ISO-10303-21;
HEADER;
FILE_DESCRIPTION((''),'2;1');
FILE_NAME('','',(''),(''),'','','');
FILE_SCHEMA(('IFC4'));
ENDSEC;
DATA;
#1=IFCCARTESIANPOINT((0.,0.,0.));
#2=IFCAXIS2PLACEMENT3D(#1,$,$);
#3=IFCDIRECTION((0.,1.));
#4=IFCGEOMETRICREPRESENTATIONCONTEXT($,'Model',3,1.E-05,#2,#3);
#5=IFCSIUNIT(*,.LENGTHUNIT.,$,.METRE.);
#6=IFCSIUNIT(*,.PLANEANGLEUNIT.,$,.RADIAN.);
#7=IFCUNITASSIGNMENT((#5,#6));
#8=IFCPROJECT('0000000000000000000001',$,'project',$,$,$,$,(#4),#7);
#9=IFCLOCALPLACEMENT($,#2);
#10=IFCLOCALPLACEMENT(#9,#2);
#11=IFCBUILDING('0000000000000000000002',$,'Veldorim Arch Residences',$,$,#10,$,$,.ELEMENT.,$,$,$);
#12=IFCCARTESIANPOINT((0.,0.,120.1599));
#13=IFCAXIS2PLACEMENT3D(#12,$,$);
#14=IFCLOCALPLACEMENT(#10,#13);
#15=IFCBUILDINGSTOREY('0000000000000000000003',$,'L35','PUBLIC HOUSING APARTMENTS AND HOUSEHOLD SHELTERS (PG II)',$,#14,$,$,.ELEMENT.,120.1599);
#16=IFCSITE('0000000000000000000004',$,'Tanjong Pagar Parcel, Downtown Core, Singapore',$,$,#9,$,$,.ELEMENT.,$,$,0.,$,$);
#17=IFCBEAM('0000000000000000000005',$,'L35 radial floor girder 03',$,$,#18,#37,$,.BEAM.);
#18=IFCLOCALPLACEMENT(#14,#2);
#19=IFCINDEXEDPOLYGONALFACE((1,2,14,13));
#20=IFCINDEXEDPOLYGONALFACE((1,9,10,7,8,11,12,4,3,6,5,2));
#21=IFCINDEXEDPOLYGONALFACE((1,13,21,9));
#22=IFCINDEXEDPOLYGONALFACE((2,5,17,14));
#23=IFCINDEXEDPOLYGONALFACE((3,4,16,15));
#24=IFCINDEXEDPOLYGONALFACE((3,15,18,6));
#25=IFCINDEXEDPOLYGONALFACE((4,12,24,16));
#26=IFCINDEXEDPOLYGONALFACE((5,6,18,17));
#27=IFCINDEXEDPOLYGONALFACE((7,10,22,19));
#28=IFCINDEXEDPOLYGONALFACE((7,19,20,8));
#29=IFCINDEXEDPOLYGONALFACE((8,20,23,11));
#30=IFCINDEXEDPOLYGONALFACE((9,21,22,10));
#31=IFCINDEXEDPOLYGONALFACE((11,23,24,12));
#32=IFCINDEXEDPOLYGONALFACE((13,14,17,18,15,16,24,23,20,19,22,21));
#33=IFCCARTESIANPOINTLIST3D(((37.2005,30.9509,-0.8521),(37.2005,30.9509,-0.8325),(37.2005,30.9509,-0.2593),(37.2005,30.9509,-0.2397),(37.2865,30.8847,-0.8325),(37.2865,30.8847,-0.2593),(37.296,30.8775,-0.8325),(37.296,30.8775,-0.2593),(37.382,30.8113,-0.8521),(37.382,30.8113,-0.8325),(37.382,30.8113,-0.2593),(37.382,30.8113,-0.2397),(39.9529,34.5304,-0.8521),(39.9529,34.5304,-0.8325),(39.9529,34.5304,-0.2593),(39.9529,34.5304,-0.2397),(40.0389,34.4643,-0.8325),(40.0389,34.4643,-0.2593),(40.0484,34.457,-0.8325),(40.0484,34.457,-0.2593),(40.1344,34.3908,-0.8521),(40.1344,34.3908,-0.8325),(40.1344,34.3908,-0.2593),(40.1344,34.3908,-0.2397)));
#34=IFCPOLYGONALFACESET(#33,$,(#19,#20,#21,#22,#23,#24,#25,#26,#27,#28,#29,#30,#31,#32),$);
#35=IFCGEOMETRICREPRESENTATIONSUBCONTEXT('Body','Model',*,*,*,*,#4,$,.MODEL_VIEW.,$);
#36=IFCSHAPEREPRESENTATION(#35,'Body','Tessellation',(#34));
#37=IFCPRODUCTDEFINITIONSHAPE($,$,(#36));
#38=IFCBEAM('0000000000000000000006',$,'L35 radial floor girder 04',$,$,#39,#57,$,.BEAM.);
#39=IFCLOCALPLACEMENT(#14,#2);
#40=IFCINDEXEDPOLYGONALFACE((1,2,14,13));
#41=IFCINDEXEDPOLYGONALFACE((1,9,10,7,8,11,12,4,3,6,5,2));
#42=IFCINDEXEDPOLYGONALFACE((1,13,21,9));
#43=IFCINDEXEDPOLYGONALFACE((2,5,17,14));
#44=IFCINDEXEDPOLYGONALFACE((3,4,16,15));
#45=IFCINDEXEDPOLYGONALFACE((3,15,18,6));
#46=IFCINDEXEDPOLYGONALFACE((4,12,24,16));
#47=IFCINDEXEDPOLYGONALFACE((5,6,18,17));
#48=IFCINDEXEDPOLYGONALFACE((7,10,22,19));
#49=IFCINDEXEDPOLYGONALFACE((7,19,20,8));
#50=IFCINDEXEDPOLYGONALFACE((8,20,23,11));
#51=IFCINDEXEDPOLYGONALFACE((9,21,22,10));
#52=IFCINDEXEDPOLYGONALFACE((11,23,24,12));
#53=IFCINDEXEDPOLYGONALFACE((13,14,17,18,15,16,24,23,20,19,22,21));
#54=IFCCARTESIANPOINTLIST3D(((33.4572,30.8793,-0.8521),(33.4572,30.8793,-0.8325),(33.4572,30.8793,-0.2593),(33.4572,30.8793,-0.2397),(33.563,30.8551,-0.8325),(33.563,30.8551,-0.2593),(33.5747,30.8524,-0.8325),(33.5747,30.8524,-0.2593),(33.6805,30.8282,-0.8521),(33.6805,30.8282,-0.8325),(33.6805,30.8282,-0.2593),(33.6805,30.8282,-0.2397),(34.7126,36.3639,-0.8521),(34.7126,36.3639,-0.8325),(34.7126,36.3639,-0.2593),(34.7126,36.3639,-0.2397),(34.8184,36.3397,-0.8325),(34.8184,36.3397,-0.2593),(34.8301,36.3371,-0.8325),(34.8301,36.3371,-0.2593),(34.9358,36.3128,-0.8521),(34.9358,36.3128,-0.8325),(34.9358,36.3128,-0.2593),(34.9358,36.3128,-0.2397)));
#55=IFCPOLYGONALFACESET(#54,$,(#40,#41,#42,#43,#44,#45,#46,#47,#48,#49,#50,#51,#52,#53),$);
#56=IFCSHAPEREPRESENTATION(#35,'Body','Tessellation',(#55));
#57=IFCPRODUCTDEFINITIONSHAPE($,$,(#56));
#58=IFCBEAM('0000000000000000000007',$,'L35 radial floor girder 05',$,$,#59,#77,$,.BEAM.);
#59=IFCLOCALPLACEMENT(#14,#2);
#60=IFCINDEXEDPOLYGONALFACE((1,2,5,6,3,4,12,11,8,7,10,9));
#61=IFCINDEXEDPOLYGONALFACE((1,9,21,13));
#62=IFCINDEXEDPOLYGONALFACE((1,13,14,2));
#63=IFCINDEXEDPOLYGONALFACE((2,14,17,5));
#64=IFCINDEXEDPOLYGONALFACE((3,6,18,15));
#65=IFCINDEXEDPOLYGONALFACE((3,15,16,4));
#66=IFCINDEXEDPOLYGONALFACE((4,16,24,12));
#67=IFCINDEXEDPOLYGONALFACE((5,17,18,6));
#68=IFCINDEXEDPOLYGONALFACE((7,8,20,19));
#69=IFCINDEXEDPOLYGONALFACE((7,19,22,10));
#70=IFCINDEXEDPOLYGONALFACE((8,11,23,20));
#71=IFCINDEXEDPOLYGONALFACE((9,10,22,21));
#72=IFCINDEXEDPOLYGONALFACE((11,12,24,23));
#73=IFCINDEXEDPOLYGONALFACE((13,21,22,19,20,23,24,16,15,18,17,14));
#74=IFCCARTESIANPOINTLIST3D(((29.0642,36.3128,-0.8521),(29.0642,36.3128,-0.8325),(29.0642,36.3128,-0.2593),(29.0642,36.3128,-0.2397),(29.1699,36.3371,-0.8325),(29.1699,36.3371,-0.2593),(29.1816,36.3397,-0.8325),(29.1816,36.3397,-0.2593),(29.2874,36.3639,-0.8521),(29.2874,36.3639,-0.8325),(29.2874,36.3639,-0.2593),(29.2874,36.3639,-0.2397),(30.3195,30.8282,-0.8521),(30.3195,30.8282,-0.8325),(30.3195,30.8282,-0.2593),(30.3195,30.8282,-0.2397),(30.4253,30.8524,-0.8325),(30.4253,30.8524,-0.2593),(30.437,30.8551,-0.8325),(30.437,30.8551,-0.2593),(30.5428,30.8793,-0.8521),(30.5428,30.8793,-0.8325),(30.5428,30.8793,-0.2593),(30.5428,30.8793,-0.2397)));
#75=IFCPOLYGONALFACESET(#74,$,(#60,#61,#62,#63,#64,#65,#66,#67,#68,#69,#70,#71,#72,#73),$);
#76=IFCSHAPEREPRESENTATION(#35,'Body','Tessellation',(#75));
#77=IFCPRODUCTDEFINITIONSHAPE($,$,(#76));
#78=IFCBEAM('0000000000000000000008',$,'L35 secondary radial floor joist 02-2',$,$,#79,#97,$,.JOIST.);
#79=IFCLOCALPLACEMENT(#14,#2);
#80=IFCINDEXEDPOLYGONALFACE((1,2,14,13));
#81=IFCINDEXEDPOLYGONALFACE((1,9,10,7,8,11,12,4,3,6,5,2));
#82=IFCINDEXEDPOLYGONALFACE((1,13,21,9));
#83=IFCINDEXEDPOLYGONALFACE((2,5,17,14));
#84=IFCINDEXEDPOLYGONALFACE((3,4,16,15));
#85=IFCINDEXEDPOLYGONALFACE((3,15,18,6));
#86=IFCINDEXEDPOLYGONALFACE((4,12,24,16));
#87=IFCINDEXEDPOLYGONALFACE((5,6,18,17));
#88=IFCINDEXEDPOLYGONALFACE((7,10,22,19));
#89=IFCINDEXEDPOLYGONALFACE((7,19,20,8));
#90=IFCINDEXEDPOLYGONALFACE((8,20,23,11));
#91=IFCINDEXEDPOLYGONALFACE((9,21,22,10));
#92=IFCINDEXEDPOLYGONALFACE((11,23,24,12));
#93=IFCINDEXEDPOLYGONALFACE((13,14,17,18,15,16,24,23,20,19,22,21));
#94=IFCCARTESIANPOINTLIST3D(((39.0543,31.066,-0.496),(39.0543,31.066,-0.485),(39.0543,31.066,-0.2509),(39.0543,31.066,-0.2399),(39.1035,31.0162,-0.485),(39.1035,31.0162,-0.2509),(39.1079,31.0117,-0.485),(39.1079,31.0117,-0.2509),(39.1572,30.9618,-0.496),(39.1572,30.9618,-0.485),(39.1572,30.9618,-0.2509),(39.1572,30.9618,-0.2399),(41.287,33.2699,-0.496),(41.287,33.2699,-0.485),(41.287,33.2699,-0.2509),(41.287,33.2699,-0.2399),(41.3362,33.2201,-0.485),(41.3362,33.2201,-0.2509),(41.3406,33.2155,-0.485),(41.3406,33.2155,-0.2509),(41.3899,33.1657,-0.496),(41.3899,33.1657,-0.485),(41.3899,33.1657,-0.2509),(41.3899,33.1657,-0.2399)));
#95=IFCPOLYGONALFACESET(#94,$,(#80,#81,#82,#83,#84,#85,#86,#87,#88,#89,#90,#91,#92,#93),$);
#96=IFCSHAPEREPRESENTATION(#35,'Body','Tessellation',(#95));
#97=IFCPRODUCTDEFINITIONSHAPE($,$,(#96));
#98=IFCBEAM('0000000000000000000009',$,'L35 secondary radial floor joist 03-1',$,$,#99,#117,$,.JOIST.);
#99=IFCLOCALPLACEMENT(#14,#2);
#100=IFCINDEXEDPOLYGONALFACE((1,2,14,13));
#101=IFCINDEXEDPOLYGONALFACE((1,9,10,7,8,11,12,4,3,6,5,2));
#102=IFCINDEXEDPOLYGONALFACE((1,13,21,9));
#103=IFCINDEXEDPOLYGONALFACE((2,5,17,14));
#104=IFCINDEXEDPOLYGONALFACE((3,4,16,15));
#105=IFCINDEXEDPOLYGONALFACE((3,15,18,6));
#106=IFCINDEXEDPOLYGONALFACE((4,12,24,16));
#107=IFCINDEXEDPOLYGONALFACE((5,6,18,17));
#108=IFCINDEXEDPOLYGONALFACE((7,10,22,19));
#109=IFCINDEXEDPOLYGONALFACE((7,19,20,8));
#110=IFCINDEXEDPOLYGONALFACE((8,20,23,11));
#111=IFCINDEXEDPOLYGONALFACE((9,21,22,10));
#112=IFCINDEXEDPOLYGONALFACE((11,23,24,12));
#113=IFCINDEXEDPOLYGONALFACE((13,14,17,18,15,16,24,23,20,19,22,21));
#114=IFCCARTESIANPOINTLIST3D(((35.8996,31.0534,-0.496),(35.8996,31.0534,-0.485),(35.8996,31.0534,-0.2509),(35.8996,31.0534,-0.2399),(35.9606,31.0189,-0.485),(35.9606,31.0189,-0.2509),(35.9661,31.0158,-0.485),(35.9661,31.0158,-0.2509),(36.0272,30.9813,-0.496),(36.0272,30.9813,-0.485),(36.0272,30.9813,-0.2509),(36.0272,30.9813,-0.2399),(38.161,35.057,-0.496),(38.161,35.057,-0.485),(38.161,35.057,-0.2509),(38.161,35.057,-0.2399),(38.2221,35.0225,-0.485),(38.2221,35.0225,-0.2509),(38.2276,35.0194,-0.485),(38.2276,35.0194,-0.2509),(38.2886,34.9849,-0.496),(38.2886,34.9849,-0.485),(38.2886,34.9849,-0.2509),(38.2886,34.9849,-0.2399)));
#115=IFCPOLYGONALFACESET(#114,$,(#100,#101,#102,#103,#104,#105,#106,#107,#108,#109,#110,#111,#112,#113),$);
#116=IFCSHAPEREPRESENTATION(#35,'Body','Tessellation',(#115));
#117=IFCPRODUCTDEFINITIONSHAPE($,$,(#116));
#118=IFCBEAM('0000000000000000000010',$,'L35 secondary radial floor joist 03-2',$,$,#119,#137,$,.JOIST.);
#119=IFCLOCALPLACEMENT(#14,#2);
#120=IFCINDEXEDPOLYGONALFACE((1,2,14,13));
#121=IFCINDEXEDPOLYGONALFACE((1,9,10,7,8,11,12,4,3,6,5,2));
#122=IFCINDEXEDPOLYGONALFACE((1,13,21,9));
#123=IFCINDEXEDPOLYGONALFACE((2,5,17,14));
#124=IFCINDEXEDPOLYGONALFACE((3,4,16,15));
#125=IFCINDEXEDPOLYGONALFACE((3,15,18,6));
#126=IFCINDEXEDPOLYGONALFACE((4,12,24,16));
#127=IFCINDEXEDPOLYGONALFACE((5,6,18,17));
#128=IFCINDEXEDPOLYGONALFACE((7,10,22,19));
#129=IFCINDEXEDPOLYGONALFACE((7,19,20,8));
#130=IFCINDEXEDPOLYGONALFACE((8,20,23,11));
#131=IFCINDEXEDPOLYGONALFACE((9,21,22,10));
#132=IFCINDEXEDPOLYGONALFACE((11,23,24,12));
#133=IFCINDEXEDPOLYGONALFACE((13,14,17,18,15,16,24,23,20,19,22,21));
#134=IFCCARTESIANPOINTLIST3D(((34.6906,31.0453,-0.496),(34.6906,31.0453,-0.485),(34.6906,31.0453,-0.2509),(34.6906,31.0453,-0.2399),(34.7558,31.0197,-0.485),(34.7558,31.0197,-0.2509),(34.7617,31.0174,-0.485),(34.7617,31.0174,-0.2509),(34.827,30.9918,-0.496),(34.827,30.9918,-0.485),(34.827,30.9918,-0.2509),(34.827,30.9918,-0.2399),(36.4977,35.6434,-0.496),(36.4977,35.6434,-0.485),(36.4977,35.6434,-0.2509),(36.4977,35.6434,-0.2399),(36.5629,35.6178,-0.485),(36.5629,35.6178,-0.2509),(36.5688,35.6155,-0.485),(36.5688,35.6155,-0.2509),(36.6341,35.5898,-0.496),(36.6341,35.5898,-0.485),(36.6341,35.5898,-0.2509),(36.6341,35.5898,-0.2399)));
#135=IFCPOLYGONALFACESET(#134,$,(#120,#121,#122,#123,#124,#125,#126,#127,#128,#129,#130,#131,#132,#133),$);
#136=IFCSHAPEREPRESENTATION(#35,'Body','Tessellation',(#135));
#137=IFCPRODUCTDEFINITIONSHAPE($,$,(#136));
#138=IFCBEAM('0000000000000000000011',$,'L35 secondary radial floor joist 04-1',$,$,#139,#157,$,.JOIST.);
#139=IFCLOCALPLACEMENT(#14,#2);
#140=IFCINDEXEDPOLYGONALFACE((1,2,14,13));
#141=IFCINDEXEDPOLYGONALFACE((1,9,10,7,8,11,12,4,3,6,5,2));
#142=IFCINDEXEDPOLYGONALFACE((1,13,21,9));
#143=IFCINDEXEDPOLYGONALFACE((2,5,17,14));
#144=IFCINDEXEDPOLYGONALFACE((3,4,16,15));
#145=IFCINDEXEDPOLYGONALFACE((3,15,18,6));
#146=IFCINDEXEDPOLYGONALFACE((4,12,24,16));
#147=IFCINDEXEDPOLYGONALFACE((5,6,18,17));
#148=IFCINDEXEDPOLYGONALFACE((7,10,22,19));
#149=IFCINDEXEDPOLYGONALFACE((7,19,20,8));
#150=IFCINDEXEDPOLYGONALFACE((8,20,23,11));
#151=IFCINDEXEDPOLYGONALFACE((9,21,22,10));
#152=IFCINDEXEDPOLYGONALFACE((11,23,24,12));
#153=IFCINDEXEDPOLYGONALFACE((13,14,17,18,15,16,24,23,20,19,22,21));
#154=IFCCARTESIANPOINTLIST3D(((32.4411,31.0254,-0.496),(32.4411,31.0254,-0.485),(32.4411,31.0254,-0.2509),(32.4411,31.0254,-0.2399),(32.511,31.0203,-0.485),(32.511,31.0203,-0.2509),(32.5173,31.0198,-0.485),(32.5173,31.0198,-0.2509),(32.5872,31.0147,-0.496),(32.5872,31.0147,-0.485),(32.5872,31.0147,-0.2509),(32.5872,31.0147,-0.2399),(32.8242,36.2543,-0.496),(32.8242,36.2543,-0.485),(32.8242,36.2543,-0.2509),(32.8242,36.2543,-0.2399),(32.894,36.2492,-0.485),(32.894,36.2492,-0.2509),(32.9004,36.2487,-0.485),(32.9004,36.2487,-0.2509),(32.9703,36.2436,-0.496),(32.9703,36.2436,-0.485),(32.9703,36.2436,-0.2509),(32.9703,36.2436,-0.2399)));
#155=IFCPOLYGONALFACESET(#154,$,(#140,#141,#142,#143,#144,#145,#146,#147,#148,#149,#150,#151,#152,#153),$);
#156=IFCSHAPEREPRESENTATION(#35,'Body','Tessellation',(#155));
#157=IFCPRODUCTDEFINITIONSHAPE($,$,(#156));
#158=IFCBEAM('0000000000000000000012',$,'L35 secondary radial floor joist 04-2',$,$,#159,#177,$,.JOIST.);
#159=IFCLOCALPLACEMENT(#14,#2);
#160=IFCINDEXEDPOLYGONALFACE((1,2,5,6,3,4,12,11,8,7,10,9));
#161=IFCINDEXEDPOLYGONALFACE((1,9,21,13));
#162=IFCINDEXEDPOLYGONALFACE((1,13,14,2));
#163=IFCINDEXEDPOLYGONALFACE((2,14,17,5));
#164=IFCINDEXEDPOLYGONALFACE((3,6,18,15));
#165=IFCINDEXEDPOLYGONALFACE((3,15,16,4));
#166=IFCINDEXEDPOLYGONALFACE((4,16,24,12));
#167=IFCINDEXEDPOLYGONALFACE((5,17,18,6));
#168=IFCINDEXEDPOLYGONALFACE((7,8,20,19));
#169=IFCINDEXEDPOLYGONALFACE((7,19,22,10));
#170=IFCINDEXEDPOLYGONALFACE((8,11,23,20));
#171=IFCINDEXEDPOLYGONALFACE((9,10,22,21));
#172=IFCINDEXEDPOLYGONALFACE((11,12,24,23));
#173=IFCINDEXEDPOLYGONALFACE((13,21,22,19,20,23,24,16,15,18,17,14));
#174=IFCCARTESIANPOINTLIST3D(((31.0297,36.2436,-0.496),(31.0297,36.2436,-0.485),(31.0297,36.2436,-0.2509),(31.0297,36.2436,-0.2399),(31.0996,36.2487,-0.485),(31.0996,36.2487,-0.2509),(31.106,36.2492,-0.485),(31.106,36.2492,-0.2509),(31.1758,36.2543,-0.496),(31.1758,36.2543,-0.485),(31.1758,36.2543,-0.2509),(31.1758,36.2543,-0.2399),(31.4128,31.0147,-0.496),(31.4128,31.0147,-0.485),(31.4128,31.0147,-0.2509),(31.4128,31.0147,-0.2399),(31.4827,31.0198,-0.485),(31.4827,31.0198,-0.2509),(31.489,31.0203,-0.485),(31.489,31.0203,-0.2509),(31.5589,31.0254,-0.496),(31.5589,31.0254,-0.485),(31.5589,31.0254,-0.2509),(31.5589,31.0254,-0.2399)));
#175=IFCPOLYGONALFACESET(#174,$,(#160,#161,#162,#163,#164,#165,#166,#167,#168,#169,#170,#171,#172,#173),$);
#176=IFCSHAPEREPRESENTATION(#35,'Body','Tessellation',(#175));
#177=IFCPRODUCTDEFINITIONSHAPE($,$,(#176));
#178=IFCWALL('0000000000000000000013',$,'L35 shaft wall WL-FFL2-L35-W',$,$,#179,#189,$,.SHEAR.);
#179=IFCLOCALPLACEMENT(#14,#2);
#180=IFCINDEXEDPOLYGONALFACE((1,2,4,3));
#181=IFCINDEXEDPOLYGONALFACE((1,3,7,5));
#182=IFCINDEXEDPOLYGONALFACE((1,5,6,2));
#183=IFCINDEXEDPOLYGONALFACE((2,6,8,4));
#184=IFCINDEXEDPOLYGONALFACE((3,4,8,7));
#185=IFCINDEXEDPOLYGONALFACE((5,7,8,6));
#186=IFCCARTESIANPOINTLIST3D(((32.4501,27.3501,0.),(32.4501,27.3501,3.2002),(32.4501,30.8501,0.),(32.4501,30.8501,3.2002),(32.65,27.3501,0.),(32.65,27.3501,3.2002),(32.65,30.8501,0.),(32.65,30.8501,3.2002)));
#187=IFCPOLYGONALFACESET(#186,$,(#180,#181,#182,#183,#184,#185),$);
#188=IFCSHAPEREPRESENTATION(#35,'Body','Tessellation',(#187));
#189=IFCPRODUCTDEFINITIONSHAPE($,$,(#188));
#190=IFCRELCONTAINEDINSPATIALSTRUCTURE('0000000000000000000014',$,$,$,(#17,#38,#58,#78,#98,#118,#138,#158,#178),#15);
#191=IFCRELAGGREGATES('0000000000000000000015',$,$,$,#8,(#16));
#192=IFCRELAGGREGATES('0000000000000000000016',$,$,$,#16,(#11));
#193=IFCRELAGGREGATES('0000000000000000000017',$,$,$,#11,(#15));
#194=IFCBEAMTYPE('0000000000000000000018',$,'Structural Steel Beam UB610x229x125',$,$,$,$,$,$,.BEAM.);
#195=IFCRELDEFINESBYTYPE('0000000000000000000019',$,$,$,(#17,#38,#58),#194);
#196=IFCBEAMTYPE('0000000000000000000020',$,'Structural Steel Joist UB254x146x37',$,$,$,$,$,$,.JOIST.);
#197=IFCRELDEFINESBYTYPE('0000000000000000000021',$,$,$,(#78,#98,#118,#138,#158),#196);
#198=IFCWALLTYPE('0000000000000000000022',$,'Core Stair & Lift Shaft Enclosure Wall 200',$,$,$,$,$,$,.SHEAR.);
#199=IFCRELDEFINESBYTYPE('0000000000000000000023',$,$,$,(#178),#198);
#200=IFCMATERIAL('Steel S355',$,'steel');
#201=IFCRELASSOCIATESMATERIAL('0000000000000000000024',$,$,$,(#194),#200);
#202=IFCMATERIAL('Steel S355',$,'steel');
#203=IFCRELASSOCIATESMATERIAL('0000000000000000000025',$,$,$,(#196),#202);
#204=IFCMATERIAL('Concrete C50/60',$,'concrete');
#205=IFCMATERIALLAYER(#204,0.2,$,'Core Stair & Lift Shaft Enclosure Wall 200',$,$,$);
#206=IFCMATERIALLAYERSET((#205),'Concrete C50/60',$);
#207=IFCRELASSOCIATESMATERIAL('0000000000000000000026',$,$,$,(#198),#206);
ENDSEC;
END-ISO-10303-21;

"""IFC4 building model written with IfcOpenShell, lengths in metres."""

from ifc_helpers import new_model, si_unit, direction, frame, frame_2d, origin, origin_2d, place, context, subcontext, project, spatial, rectangle, i_section, extrude, material, layer, layer_set, material_profile, profile_set, type_object, element, save


model = new_model("IFC4")

# Units and contexts
model_context = context("Model", 3, precision=1e-05, world=origin(), true_north=direction((0.0, 1.0)))
body_context = subcontext(model_context, "Body", "Model", "MODEL_VIEW")
ifc_project = project(units=[si_unit("LENGTHUNIT", "METRE"), si_unit("PLANEANGLEUNIT", "RADIAN")], contexts=[model_context])

# Site, building, storey
site_placement = place(None, origin())
site = spatial("IfcSite", under=ifc_project, at=site_placement, Name="Tanjong Pagar Parcel, Downtown Core, Singapore", CompositionType="ELEMENT", RefElevation=0.0)
building_placement = place(site_placement, origin())
building = spatial("IfcBuilding", under=site, at=building_placement, Name="Veldorim Arch Residences", CompositionType="ELEMENT")
storey_placement = place(building_placement, frame((0.0, 0.0, 120.1599)))
storey = spatial("IfcBuildingStorey", under=building, at=storey_placement, Name="L35", Description="PUBLIC HOUSING APARTMENTS AND HOUSEHOLD SHELTERS (PG II)", CompositionType="ELEMENT", Elevation=120.1599)

# Beams
ifc_material_1 = material(Name="Steel S355", Category="steel")
ifc_material_profile_1 = material_profile(ifc_material_1, i_section(OverallWidth=0.229, OverallDepth=0.6123, WebThickness=0.012, FlangeThickness=0.0195, at=origin_2d()), Name="UB610x229x125")
ifc_profile_set_1 = profile_set([ifc_material_profile_1], Name="Steel S355")
beam_type_1 = type_object("IfcBeamType", Name="Structural Steel Beam UB610x229x125", PredefinedType="BEAM", material=ifc_profile_set_1)
beam_1_placement = place(storey_placement, frame((37.2913, 30.8811, -0.5459), z_axis=(0.609559, 0.792741, 0.0), x_axis=(-0.792741, 0.609559, 0.0)))
element("IfcBeam", 1, at=beam_1_placement, inside=storey, type_object=beam_type_1, Name="L35 radial floor girder 03", PredefinedType="BEAM", context=body_context, shape_type="SweptSolid", body=[
    extrude(i_section(OverallWidth=0.229, OverallDepth=0.6123, WebThickness=0.012, FlangeThickness=0.0195, at=origin_2d()), origin(), (0.0, 0.0, 1.0), 4.5154),
])
for number, where, z_axis, x_axis, name in (
    (2, (33.5688, 30.8538, -0.5459), (0.223119, 0.974791, 0.0), (-0.974791, 0.223119, 0.0), "L35 radial floor girder 04"),
    (3, (30.4312, 30.8538, -0.5459), (-0.223119, 0.974791, 0.0), (-0.974791, -0.223119, 0.0), "L35 radial floor girder 05"),
):
    element("IfcBeam", number, at=place(storey_placement, frame(where, z_axis=z_axis, x_axis=x_axis)), inside=storey, type_object=beam_type_1, Name=name, PredefinedType="BEAM", context=body_context, shape_type="SweptSolid", body=[
        extrude(i_section(OverallWidth=0.229, OverallDepth=0.6123, WebThickness=0.012, FlangeThickness=0.0195, at=origin_2d()), origin(), (0.0, 0.0, 1.0), 5.6265),
    ])
ifc_material_2 = material(Name="Steel S355", Category="steel")
ifc_material_profile_2 = material_profile(ifc_material_2, i_section(OverallWidth=0.1465, OverallDepth=0.2561, WebThickness=0.0063, FlangeThickness=0.011, at=origin_2d()), Name="UB254x146x37")
ifc_profile_set_2 = profile_set([ifc_material_profile_2], Name="Steel S355")
beam_type_2 = type_object("IfcBeamType", Name="Structural Steel Joist UB254x146x37", PredefinedType="JOIST", material=ifc_profile_set_2)
beam_2_placement = place(storey_placement, frame((39.1057, 31.0139, -0.3679), z_axis=(0.711683, 0.7025, 0.0), x_axis=(-0.7025, 0.711683, 0.0)))
element("IfcBeam", 4, at=beam_2_placement, inside=storey, type_object=beam_type_2, Name="L35 secondary radial floor joist 02-2", PredefinedType="JOIST", context=body_context, shape_type="SweptSolid", body=[
    extrude(i_section(OverallWidth=0.1465, OverallDepth=0.2561, WebThickness=0.0063, FlangeThickness=0.011, at=origin_2d()), origin(), (0.0, 0.0, 1.0), 3.1372),
])
beam_3_placement = place(storey_placement, frame((35.9634, 31.0173, -0.3679), z_axis=(0.491816, 0.870699, 0.0), x_axis=(-0.870699, 0.491816, 0.0)))
element("IfcBeam", 5, at=beam_3_placement, inside=storey, type_object=beam_type_2, Name="L35 secondary radial floor joist 03-1", PredefinedType="JOIST", context=body_context, shape_type="SweptSolid", body=[
    extrude(i_section(OverallWidth=0.1465, OverallDepth=0.2561, WebThickness=0.0063, FlangeThickness=0.011, at=origin_2d()), origin(), (0.0, 0.0, 1.0), 4.5981),
])
beam_4_placement = place(storey_placement, frame((34.7588, 31.0186, -0.3679), z_axis=(0.365778, 0.930702, 0.0), x_axis=(-0.930702, 0.365778, 0.0)))
element("IfcBeam", 6, at=beam_4_placement, inside=storey, type_object=beam_type_2, Name="L35 secondary radial floor joist 03-2", PredefinedType="JOIST", context=body_context, shape_type="SweptSolid", body=[
    extrude(i_section(OverallWidth=0.1465, OverallDepth=0.2561, WebThickness=0.0063, FlangeThickness=0.011, at=origin_2d()), origin(), (0.0, 0.0, 1.0), 4.9404),
])
for number, where, z_axis, x_axis, name in (
    (7, (32.5142, 31.02, -0.3679), (0.07306, 0.997328, 0.0), (-0.997328, 0.07306, 0.0), "L35 secondary radial floor joist 04-1"),
    (8, (31.4858, 31.02, -0.3679), (-0.07306, 0.997328, 0.0), (-0.997328, -0.07306, 0.0), "L35 secondary radial floor joist 04-2"),
):
    element("IfcBeam", number, at=place(storey_placement, frame(where, z_axis=z_axis, x_axis=x_axis)), inside=storey, type_object=beam_type_2, Name=name, PredefinedType="JOIST", context=body_context, shape_type="SweptSolid", body=[
        extrude(i_section(OverallWidth=0.1465, OverallDepth=0.2561, WebThickness=0.0063, FlangeThickness=0.011, at=origin_2d()), origin(), (0.0, 0.0, 1.0), 5.2429),
    ])

# Shared definitions
ifc_material_3 = material(Name="Concrete C50/60", Category="concrete")
ifc_layer_1 = layer(ifc_material_3, 0.2, Name="Core Stair & Lift Shaft Enclosure Wall 200")
ifc_layer_set_1 = layer_set([ifc_layer_1], Name="Concrete C50/60")
wall_type_1 = type_object("IfcWallType", Name="Core Stair & Lift Shaft Enclosure Wall 200", PredefinedType="SHEAR", material=ifc_layer_set_1)

# Wall
wall_1_placement = place(storey_placement, frame((32.55, 27.3501, 0.0), z_axis=(0.0, 0.0, 1.0), x_axis=(0.0, 1.0, 0.0)))
element("IfcWall", 9, at=wall_1_placement, inside=storey, type_object=wall_type_1, Name="L35 shaft wall WL-FFL2-L35-W", PredefinedType="SHEAR", context=body_context, shape_type="SweptSolid", body=[
    extrude(rectangle(XDim=3.5, YDim=0.2, at=frame_2d((1.75, 0.0))), origin(), (0.0, 0.0, 1.0), 3.2002),
])

save(model, "model.ifc")
